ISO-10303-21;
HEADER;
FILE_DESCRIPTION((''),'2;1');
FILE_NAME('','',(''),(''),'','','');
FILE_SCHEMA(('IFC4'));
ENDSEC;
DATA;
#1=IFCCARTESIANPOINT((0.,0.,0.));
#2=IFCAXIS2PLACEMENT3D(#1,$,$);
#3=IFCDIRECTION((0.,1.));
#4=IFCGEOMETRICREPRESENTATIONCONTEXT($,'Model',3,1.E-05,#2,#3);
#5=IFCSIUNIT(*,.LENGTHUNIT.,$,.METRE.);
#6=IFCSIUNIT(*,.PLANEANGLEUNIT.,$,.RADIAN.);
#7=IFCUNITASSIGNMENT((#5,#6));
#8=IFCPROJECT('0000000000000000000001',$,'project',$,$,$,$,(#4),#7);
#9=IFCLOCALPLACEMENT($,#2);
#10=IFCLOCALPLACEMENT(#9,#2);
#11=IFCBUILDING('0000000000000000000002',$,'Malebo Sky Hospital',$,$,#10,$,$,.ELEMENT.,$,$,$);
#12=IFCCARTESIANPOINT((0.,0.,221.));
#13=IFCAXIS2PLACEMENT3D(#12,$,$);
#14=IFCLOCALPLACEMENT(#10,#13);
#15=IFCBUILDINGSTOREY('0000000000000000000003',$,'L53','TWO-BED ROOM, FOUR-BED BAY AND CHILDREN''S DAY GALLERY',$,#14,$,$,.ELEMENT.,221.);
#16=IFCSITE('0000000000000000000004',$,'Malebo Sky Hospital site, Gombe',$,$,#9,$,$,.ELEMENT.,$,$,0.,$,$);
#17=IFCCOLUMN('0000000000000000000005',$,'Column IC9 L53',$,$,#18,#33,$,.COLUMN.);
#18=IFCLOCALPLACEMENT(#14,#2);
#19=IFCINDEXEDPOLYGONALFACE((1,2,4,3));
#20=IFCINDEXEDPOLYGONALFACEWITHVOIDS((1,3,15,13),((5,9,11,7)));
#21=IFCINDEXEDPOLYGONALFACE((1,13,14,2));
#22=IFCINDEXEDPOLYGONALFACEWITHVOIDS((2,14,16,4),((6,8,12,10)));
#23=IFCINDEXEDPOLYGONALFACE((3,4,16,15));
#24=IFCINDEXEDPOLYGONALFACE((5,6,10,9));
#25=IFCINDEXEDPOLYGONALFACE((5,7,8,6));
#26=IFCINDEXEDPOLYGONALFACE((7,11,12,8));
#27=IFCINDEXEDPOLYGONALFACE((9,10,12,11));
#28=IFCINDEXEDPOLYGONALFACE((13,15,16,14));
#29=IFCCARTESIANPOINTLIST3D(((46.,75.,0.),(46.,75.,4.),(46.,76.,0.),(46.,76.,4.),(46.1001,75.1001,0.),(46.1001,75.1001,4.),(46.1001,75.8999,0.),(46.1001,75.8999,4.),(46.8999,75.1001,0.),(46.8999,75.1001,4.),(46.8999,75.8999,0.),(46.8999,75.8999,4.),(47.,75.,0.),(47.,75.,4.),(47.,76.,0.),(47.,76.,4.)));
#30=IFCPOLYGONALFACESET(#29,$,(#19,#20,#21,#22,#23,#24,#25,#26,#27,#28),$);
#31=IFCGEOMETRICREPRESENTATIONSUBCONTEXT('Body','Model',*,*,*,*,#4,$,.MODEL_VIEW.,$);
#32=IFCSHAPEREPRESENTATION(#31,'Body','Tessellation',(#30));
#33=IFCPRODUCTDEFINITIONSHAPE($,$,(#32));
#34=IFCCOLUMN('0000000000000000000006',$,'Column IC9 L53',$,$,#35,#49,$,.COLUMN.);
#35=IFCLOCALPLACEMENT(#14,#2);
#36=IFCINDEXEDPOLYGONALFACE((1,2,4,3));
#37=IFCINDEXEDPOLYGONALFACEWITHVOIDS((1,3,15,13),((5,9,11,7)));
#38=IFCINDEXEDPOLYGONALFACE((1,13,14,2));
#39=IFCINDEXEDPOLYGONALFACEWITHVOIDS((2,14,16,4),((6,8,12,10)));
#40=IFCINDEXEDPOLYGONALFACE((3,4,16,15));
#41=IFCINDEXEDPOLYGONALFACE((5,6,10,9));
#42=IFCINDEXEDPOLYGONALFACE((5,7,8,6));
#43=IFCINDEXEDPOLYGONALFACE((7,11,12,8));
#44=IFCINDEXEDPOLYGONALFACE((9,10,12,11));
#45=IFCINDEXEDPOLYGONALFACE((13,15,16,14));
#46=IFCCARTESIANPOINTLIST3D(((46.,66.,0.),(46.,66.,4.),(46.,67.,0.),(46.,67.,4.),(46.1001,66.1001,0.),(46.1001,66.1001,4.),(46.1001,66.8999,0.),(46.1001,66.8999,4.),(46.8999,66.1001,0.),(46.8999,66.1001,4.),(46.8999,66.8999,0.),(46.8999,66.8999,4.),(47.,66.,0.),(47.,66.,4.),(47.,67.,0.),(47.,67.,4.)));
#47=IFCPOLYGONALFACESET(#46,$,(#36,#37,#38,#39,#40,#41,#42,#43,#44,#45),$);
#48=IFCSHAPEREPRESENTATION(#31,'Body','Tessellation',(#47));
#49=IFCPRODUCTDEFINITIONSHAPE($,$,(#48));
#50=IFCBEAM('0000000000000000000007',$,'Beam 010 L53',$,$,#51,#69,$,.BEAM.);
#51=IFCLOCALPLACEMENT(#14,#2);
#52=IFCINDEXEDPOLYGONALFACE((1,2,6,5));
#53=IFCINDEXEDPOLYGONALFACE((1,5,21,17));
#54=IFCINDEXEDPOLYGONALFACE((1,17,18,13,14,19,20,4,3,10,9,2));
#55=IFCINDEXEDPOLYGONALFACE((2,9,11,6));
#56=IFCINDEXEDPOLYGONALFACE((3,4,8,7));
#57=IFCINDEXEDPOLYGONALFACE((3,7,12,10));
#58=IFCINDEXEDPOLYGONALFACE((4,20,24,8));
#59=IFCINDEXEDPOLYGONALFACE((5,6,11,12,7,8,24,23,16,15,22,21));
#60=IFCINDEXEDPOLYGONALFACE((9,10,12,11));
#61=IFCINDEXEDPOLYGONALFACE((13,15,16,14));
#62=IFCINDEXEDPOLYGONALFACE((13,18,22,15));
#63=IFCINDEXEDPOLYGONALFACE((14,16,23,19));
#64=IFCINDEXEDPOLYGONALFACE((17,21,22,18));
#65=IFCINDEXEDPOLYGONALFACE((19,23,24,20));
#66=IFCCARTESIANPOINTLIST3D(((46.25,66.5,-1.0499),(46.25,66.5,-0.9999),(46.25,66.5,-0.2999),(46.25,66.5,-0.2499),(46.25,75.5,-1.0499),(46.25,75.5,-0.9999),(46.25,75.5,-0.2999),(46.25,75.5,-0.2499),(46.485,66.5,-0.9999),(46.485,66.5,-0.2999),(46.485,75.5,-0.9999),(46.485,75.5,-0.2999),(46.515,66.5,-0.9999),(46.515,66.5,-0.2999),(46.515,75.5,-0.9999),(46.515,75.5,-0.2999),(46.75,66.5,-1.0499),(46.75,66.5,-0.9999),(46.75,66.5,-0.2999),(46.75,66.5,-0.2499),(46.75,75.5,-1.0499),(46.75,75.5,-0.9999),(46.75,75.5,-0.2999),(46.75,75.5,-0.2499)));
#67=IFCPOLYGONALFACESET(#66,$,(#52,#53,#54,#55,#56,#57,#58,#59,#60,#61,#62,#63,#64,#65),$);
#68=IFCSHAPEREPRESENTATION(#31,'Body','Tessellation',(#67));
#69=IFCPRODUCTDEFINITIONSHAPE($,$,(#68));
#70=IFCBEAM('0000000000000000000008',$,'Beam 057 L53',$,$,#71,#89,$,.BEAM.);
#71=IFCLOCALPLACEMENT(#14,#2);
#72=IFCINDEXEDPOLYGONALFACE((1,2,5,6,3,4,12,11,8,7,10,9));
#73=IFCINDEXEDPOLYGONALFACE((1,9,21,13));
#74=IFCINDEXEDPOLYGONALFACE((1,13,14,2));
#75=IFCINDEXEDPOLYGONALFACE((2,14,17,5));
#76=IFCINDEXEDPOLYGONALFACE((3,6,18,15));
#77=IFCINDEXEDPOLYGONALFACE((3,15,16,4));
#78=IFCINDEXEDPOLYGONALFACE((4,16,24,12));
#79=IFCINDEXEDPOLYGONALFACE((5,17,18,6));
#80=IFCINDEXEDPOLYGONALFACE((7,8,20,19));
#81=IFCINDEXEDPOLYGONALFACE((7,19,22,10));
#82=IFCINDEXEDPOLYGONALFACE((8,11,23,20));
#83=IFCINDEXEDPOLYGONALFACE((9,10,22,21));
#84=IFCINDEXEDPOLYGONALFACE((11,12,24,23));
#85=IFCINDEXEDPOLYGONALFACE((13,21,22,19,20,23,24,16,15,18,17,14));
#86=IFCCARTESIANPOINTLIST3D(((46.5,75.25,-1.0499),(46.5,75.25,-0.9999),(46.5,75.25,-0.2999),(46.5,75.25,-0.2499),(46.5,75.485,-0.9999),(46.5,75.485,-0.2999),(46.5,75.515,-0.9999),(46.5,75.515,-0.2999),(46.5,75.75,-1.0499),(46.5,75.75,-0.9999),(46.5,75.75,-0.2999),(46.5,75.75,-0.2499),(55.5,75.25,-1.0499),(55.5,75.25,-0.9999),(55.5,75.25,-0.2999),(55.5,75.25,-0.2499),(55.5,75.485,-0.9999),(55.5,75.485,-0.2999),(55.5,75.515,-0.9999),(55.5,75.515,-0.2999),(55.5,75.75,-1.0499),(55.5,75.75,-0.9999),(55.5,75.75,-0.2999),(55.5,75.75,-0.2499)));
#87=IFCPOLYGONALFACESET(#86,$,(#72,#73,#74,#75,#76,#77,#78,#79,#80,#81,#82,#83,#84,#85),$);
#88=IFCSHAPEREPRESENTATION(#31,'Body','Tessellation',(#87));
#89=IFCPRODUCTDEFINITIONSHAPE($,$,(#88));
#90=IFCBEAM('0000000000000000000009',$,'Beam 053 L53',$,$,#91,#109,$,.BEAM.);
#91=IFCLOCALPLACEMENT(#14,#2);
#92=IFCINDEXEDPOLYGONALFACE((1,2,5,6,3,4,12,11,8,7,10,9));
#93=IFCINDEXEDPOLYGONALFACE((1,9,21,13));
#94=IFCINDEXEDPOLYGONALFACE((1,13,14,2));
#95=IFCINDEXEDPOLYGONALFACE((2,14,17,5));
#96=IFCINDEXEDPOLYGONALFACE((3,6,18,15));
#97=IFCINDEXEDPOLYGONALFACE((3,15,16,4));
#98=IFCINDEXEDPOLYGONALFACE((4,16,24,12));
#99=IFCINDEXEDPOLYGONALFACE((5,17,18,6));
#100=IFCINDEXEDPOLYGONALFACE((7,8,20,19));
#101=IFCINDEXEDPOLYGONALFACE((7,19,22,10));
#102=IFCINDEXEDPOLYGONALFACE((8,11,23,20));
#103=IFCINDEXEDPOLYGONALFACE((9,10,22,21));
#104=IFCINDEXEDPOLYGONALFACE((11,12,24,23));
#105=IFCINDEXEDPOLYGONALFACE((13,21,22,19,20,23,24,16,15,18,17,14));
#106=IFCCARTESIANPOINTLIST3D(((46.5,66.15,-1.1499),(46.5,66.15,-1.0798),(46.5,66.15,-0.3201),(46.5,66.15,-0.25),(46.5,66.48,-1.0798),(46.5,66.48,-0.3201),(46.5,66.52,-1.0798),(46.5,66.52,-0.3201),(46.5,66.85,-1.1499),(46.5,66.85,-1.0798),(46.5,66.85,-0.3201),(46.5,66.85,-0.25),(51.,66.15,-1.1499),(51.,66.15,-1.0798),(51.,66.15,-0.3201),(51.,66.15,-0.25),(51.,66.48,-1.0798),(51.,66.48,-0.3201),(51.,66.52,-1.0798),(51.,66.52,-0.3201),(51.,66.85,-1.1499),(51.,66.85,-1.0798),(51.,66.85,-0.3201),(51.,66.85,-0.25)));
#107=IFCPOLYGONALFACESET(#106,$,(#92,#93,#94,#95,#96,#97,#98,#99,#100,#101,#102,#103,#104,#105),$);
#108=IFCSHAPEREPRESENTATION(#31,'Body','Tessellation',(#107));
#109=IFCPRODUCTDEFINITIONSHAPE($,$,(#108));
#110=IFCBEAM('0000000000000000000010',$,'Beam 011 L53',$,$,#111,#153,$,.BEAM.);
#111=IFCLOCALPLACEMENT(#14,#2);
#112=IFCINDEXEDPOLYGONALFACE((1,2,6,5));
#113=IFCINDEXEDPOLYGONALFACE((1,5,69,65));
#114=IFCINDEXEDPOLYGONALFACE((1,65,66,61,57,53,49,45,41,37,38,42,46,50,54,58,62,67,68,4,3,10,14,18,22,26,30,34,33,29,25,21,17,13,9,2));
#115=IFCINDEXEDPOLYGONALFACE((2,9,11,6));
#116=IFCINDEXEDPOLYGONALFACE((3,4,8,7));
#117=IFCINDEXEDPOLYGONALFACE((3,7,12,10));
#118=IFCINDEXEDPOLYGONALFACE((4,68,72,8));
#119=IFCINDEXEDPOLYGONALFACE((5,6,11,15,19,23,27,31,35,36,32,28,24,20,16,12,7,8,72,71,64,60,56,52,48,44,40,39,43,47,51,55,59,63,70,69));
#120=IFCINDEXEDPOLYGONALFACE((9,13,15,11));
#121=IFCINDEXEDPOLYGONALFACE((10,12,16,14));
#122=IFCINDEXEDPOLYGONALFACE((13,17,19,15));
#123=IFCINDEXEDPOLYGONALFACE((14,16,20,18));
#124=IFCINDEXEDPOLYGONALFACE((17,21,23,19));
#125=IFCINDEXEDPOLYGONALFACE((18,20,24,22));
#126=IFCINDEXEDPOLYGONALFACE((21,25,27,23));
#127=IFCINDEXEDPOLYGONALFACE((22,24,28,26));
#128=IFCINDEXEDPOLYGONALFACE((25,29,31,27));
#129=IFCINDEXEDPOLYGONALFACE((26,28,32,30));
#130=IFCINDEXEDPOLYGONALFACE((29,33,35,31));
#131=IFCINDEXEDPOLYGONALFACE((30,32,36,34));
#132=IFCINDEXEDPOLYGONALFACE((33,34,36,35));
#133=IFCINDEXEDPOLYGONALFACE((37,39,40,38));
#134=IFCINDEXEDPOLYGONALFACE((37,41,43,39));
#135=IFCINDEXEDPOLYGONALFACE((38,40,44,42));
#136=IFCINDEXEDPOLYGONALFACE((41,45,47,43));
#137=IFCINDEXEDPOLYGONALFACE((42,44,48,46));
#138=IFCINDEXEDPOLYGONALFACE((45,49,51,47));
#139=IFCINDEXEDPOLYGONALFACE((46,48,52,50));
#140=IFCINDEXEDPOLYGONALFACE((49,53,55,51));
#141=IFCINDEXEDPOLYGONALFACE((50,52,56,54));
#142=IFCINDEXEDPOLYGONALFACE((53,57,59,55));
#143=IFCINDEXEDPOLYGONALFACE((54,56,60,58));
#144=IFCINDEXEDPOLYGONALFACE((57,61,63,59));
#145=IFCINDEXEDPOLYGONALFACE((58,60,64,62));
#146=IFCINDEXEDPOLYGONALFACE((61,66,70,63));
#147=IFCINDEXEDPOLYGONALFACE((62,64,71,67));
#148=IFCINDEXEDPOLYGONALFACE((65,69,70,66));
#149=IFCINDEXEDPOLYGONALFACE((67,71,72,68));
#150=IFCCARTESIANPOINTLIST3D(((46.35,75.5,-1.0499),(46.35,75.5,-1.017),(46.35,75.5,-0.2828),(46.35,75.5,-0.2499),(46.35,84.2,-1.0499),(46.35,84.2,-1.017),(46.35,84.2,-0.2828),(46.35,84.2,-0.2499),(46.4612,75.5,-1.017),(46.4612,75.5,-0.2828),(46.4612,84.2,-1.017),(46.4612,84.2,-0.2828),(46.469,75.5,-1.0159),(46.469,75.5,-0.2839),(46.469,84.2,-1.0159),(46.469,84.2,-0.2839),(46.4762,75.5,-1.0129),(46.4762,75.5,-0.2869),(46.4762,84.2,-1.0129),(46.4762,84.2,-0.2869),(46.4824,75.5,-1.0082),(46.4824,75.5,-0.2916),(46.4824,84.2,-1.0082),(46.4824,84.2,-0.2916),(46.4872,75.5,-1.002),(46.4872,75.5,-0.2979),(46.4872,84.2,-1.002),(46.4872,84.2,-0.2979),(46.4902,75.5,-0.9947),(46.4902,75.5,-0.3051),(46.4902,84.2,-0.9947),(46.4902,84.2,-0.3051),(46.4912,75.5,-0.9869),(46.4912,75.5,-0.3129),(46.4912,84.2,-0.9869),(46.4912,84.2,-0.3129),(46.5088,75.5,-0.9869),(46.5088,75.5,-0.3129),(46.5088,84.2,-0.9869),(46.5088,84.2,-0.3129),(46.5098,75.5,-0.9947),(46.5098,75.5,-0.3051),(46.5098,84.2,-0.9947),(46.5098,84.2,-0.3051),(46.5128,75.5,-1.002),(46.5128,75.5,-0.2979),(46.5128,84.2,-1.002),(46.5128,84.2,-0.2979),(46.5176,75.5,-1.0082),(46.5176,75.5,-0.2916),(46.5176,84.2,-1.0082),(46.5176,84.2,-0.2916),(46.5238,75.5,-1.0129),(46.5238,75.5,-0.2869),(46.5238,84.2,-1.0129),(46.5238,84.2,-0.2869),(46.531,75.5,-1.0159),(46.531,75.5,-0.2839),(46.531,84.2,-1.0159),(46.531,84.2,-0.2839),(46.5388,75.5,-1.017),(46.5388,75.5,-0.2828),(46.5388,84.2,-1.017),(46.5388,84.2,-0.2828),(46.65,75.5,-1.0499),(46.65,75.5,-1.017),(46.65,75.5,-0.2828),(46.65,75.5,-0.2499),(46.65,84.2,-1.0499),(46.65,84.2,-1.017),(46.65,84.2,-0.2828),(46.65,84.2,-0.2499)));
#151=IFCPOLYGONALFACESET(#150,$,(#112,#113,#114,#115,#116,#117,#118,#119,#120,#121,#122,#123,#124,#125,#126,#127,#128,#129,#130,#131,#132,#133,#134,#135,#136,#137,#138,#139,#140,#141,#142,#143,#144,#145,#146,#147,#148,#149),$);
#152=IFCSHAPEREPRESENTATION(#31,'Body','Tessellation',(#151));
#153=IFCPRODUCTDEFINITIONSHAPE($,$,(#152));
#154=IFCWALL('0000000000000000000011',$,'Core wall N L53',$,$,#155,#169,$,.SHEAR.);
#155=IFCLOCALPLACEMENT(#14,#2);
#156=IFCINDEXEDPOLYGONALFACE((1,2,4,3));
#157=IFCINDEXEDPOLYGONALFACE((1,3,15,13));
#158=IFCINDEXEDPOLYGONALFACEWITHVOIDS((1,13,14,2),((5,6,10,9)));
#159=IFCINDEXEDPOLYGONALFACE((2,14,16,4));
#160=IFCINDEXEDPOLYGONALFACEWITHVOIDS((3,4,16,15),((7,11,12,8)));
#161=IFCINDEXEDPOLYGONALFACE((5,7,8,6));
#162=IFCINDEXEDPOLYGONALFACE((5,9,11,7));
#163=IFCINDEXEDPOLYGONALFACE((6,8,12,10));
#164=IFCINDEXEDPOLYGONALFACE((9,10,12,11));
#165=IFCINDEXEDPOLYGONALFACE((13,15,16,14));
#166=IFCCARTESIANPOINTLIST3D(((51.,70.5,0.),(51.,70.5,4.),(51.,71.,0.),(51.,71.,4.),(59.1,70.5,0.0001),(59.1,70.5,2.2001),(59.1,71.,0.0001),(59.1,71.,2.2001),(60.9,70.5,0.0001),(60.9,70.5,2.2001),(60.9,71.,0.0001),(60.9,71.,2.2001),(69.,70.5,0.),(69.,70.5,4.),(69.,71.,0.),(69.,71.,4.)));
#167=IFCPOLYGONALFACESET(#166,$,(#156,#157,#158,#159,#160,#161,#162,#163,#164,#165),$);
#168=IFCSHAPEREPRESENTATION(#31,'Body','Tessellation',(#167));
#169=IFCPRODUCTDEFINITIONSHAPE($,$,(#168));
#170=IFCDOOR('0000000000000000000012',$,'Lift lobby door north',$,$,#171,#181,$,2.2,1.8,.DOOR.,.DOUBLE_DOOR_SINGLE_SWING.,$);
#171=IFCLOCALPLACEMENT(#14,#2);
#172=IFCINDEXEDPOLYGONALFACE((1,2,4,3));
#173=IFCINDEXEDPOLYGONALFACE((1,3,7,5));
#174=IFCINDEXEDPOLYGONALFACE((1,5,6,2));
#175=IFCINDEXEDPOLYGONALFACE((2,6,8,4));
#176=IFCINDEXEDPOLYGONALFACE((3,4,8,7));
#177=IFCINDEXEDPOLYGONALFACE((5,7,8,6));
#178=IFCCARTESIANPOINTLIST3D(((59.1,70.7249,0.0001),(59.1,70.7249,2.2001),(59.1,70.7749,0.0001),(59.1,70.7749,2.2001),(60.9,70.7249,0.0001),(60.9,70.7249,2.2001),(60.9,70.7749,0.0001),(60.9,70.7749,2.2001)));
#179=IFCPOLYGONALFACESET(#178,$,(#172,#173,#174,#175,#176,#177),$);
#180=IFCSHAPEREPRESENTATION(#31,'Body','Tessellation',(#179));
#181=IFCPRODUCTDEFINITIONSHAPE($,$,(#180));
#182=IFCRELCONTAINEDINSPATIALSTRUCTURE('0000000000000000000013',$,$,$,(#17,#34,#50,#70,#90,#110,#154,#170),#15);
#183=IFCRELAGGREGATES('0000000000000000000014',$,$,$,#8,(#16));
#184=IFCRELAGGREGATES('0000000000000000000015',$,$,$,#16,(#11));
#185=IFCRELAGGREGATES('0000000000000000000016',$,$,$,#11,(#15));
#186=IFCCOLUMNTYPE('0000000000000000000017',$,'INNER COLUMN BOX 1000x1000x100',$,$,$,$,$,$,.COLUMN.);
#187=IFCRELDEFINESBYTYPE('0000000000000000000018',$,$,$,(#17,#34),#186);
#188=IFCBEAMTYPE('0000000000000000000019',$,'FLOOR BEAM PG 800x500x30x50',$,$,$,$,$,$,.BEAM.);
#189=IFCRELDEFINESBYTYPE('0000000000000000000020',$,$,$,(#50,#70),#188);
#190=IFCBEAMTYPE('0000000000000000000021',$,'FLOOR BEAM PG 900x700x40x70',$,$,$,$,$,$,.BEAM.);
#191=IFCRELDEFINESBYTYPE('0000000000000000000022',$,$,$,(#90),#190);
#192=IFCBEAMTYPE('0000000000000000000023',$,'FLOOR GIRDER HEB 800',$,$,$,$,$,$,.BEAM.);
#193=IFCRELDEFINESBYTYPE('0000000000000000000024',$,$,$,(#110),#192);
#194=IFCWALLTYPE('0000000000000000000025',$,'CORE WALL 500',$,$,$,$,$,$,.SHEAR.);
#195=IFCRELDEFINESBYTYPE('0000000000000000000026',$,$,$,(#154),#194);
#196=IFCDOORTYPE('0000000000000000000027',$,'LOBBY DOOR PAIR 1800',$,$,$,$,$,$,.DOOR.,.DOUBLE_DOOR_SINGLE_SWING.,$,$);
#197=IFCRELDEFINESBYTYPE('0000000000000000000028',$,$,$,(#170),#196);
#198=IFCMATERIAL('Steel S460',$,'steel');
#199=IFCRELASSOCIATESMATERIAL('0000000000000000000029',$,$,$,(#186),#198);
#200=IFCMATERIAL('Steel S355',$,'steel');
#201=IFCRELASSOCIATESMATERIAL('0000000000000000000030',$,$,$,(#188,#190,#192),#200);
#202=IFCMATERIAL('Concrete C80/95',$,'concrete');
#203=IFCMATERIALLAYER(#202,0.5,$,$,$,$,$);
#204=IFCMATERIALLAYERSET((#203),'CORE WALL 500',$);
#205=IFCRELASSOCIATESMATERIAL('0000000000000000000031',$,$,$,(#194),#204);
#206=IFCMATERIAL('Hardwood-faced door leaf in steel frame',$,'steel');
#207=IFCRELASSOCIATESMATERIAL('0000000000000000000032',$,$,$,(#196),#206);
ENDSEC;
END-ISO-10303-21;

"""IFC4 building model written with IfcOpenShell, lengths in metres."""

from ifc_helpers import new_model, si_unit, direction, frame, frame_2d, origin, origin_2d, place, context, subcontext, project, spatial, rectangle, hollow_rectangle, i_section, extrude, material, layer, layer_set, material_profile, profile_set, type_object, element, fill, save


model = new_model("IFC4")

# Units and contexts
model_context = context("Model", 3, precision=1e-05, world=origin(), true_north=direction((0.0, 1.0)))
body_context = subcontext(model_context, "Body", "Model", "MODEL_VIEW")
ifc_project = project(units=[si_unit("LENGTHUNIT", "METRE"), si_unit("PLANEANGLEUNIT", "RADIAN")], contexts=[model_context])

# Site, building, storey
site_placement = place(None, origin())
site = spatial("IfcSite", under=ifc_project, at=site_placement, Name="Malebo Sky Hospital site, Gombe", CompositionType="ELEMENT", RefElevation=0.0)
building_placement = place(site_placement, origin())
building = spatial("IfcBuilding", under=site, at=building_placement, Name="Malebo Sky Hospital", CompositionType="ELEMENT")
storey_placement = place(building_placement, frame((0.0, 0.0, 221.0)))
storey = spatial("IfcBuildingStorey", under=building, at=storey_placement, Name="L53", Description="TWO-BED ROOM, FOUR-BED BAY AND CHILDREN'S DAY GALLERY", CompositionType="ELEMENT", Elevation=221.0)

# Columns
ifc_material_1 = material(Name="Steel S460", Category="steel")
ifc_material_profile_1 = material_profile(ifc_material_1, hollow_rectangle(XDim=1.0, YDim=1.0, WallThickness=0.1001, at=origin_2d()), Name="BOX 1000x1000x100")
ifc_profile_set_1 = profile_set([ifc_material_profile_1], Name="Steel S460")
column_type = type_object("IfcColumnType", Name="INNER COLUMN BOX 1000x1000x100", PredefinedType="COLUMN", material=ifc_profile_set_1)
for number, where, z_axis, x_axis, name in (
    (1, (46.5, 75.5, 0.0), (0.0, 0.0, 1.0), (1.0, 0.0, 0.0), "Column IC9 L53"),
    (2, (46.5, 66.5, 0.0), (0.0, 0.0, 1.0), (1.0, 0.0, 0.0), "Column IC9 L53"),
):
    element("IfcColumn", number, at=place(storey_placement, frame(where, z_axis=z_axis, x_axis=x_axis)), inside=storey, type_object=column_type, Name=name, PredefinedType="COLUMN", context=body_context, shape_type="SweptSolid", body=[
        extrude(hollow_rectangle(XDim=1.0, YDim=1.0, WallThickness=0.1001, at=origin_2d()), origin(), (0.0, 0.0, 1.0), 4.0),
    ])

# Beams
ifc_material_2 = material(Name="Steel S355", Category="steel")
ifc_material_profile_2 = material_profile(ifc_material_2, i_section(OverallWidth=0.5, OverallDepth=0.8, WebThickness=0.03, FlangeThickness=0.05, at=origin_2d()), Name="PG 800x500x30x50")
ifc_profile_set_2 = profile_set([ifc_material_profile_2], Name="Steel S355")
beam_type_1 = type_object("IfcBeamType", Name="FLOOR BEAM PG 800x500x30x50", PredefinedType="BEAM", material=ifc_profile_set_2)
for number, where, z_axis, x_axis, name in (
    (3, (46.5, 66.5, -0.6499), (0.0, 1.0, 0.0), (-1.0, 0.0, 0.0), "Beam 010 L53"),
    (4, (46.5, 75.5, -0.6499), (1.0, 0.0, 0.0), (0.0, 1.0, 0.0), "Beam 057 L53"),
):
    element("IfcBeam", number, at=place(storey_placement, frame(where, z_axis=z_axis, x_axis=x_axis)), inside=storey, type_object=beam_type_1, Name=name, PredefinedType="BEAM", context=body_context, shape_type="SweptSolid", body=[
        extrude(i_section(OverallWidth=0.5, OverallDepth=0.8, WebThickness=0.03, FlangeThickness=0.05, at=origin_2d()), origin(), (0.0, 0.0, 1.0), 9.0),
    ])
ifc_material_profile_3 = material_profile(ifc_material_2, i_section(OverallWidth=0.7, OverallDepth=0.8999, WebThickness=0.04, FlangeThickness=0.0701, at=origin_2d()), Name="PG 900x700x40x70")
ifc_profile_set_3 = profile_set([ifc_material_profile_3], Name="Steel S355")
beam_type_2 = type_object("IfcBeamType", Name="FLOOR BEAM PG 900x700x40x70", PredefinedType="BEAM", material=ifc_profile_set_3)
beam_1_placement = place(storey_placement, frame((46.5, 66.5, -0.7), z_axis=(1.0, 0.0, 0.0), x_axis=(0.0, 1.0, 0.0)))
element("IfcBeam", 5, at=beam_1_placement, inside=storey, type_object=beam_type_2, Name="Beam 053 L53", PredefinedType="BEAM", context=body_context, shape_type="SweptSolid", body=[
    extrude(i_section(OverallWidth=0.7, OverallDepth=0.8999, WebThickness=0.04, FlangeThickness=0.0701, at=origin_2d()), origin(), (0.0, 0.0, 1.0), 4.5),
])
ifc_material_profile_4 = material_profile(ifc_material_2, i_section(OverallWidth=0.3, OverallDepth=0.8, WebThickness=0.0176, FlangeThickness=0.033, FilletRadius=0.03, at=origin_2d()), Name="HEB 800")
ifc_profile_set_4 = profile_set([ifc_material_profile_4], Name="Steel S355")
beam_type_3 = type_object("IfcBeamType", Name="FLOOR GIRDER HEB 800", PredefinedType="BEAM", material=ifc_profile_set_4)
beam_2_placement = place(storey_placement, frame((46.5, 75.5, -0.6499), z_axis=(0.0, 1.0, 0.0), x_axis=(-1.0, 0.0, 0.0)))
element("IfcBeam", 6, at=beam_2_placement, inside=storey, type_object=beam_type_3, Name="Beam 011 L53", PredefinedType="BEAM", context=body_context, shape_type="SweptSolid", body=[
    extrude(i_section(OverallWidth=0.3, OverallDepth=0.8, WebThickness=0.0176, FlangeThickness=0.033, FilletRadius=0.03, at=origin_2d()), origin(), (0.0, 0.0, 1.0), 8.7),
])

# Wall, opening, door
ifc_material_3 = material(Name="Concrete C80/95", Category="concrete")
ifc_layer_1 = layer(ifc_material_3, 0.5)
ifc_layer_set_1 = layer_set([ifc_layer_1], Name="CORE WALL 500")
wall_type_1 = type_object("IfcWallType", Name="CORE WALL 500", PredefinedType="SHEAR", material=ifc_layer_set_1)
wall_1_placement = place(storey_placement, frame((51.0, 70.75, 0.0), z_axis=(0.0, 0.0, 1.0), x_axis=(1.0, 0.0, 0.0)))
wall_1 = element("IfcWall", 7, at=wall_1_placement, inside=storey, type_object=wall_type_1, Name="Core wall N L53", PredefinedType="SHEAR", context=body_context, shape_type="SweptSolid", body=[
    extrude(rectangle(XDim=18.0, YDim=0.5, at=frame_2d((9.0, 0.0))), origin(), (0.0, 0.0, 1.0), 4.0),
])
opening_1_placement = place(wall_1_placement, frame((8.1001, 0.0, 0.0)))
opening_1 = element("IfcOpeningElement", 8, at=opening_1_placement, cuts=wall_1, PredefinedType="OPENING", context=body_context, shape_type="SweptSolid", body=[
    extrude(rectangle(XDim=1.8, YDim=2.2, at=frame_2d((0.8999, 1.1001))), frame((0.0, 0.26, 0.0), z_axis=(0.0, -1.0, 0.0), x_axis=(1.0, 0.0, 0.0)), (0.0, 0.0, 1.0), 0.52),
])
ifc_material_4 = material(Name="Hardwood-faced door leaf in steel frame", Category="steel")
door_type_1 = type_object("IfcDoorType", Name="LOBBY DOOR PAIR 1800", OperationType="DOUBLE_DOOR_SINGLE_SWING", PredefinedType="DOOR", material=ifc_material_4)
door_1_placement = place(opening_1_placement, origin())
door_1 = element("IfcDoor", 9, at=door_1_placement, inside=storey, type_object=door_type_1, Name="Lift lobby door north", OperationType="DOUBLE_DOOR_SINGLE_SWING", OverallHeight=2.2, OverallWidth=1.8, PredefinedType="DOOR", context=body_context, shape_type="SweptSolid", body=[
    extrude(rectangle(XDim=1.8, YDim=2.2, at=frame_2d((0.8999, 1.1001))), frame((0.0, 0.0249, 0.0), z_axis=(0.0, -1.0, 0.0), x_axis=(1.0, 0.0, 0.0)), (0.0, 0.0, 1.0), 0.05),
])
fill(opening_1, door_1)

save(model, "model.ifc")
